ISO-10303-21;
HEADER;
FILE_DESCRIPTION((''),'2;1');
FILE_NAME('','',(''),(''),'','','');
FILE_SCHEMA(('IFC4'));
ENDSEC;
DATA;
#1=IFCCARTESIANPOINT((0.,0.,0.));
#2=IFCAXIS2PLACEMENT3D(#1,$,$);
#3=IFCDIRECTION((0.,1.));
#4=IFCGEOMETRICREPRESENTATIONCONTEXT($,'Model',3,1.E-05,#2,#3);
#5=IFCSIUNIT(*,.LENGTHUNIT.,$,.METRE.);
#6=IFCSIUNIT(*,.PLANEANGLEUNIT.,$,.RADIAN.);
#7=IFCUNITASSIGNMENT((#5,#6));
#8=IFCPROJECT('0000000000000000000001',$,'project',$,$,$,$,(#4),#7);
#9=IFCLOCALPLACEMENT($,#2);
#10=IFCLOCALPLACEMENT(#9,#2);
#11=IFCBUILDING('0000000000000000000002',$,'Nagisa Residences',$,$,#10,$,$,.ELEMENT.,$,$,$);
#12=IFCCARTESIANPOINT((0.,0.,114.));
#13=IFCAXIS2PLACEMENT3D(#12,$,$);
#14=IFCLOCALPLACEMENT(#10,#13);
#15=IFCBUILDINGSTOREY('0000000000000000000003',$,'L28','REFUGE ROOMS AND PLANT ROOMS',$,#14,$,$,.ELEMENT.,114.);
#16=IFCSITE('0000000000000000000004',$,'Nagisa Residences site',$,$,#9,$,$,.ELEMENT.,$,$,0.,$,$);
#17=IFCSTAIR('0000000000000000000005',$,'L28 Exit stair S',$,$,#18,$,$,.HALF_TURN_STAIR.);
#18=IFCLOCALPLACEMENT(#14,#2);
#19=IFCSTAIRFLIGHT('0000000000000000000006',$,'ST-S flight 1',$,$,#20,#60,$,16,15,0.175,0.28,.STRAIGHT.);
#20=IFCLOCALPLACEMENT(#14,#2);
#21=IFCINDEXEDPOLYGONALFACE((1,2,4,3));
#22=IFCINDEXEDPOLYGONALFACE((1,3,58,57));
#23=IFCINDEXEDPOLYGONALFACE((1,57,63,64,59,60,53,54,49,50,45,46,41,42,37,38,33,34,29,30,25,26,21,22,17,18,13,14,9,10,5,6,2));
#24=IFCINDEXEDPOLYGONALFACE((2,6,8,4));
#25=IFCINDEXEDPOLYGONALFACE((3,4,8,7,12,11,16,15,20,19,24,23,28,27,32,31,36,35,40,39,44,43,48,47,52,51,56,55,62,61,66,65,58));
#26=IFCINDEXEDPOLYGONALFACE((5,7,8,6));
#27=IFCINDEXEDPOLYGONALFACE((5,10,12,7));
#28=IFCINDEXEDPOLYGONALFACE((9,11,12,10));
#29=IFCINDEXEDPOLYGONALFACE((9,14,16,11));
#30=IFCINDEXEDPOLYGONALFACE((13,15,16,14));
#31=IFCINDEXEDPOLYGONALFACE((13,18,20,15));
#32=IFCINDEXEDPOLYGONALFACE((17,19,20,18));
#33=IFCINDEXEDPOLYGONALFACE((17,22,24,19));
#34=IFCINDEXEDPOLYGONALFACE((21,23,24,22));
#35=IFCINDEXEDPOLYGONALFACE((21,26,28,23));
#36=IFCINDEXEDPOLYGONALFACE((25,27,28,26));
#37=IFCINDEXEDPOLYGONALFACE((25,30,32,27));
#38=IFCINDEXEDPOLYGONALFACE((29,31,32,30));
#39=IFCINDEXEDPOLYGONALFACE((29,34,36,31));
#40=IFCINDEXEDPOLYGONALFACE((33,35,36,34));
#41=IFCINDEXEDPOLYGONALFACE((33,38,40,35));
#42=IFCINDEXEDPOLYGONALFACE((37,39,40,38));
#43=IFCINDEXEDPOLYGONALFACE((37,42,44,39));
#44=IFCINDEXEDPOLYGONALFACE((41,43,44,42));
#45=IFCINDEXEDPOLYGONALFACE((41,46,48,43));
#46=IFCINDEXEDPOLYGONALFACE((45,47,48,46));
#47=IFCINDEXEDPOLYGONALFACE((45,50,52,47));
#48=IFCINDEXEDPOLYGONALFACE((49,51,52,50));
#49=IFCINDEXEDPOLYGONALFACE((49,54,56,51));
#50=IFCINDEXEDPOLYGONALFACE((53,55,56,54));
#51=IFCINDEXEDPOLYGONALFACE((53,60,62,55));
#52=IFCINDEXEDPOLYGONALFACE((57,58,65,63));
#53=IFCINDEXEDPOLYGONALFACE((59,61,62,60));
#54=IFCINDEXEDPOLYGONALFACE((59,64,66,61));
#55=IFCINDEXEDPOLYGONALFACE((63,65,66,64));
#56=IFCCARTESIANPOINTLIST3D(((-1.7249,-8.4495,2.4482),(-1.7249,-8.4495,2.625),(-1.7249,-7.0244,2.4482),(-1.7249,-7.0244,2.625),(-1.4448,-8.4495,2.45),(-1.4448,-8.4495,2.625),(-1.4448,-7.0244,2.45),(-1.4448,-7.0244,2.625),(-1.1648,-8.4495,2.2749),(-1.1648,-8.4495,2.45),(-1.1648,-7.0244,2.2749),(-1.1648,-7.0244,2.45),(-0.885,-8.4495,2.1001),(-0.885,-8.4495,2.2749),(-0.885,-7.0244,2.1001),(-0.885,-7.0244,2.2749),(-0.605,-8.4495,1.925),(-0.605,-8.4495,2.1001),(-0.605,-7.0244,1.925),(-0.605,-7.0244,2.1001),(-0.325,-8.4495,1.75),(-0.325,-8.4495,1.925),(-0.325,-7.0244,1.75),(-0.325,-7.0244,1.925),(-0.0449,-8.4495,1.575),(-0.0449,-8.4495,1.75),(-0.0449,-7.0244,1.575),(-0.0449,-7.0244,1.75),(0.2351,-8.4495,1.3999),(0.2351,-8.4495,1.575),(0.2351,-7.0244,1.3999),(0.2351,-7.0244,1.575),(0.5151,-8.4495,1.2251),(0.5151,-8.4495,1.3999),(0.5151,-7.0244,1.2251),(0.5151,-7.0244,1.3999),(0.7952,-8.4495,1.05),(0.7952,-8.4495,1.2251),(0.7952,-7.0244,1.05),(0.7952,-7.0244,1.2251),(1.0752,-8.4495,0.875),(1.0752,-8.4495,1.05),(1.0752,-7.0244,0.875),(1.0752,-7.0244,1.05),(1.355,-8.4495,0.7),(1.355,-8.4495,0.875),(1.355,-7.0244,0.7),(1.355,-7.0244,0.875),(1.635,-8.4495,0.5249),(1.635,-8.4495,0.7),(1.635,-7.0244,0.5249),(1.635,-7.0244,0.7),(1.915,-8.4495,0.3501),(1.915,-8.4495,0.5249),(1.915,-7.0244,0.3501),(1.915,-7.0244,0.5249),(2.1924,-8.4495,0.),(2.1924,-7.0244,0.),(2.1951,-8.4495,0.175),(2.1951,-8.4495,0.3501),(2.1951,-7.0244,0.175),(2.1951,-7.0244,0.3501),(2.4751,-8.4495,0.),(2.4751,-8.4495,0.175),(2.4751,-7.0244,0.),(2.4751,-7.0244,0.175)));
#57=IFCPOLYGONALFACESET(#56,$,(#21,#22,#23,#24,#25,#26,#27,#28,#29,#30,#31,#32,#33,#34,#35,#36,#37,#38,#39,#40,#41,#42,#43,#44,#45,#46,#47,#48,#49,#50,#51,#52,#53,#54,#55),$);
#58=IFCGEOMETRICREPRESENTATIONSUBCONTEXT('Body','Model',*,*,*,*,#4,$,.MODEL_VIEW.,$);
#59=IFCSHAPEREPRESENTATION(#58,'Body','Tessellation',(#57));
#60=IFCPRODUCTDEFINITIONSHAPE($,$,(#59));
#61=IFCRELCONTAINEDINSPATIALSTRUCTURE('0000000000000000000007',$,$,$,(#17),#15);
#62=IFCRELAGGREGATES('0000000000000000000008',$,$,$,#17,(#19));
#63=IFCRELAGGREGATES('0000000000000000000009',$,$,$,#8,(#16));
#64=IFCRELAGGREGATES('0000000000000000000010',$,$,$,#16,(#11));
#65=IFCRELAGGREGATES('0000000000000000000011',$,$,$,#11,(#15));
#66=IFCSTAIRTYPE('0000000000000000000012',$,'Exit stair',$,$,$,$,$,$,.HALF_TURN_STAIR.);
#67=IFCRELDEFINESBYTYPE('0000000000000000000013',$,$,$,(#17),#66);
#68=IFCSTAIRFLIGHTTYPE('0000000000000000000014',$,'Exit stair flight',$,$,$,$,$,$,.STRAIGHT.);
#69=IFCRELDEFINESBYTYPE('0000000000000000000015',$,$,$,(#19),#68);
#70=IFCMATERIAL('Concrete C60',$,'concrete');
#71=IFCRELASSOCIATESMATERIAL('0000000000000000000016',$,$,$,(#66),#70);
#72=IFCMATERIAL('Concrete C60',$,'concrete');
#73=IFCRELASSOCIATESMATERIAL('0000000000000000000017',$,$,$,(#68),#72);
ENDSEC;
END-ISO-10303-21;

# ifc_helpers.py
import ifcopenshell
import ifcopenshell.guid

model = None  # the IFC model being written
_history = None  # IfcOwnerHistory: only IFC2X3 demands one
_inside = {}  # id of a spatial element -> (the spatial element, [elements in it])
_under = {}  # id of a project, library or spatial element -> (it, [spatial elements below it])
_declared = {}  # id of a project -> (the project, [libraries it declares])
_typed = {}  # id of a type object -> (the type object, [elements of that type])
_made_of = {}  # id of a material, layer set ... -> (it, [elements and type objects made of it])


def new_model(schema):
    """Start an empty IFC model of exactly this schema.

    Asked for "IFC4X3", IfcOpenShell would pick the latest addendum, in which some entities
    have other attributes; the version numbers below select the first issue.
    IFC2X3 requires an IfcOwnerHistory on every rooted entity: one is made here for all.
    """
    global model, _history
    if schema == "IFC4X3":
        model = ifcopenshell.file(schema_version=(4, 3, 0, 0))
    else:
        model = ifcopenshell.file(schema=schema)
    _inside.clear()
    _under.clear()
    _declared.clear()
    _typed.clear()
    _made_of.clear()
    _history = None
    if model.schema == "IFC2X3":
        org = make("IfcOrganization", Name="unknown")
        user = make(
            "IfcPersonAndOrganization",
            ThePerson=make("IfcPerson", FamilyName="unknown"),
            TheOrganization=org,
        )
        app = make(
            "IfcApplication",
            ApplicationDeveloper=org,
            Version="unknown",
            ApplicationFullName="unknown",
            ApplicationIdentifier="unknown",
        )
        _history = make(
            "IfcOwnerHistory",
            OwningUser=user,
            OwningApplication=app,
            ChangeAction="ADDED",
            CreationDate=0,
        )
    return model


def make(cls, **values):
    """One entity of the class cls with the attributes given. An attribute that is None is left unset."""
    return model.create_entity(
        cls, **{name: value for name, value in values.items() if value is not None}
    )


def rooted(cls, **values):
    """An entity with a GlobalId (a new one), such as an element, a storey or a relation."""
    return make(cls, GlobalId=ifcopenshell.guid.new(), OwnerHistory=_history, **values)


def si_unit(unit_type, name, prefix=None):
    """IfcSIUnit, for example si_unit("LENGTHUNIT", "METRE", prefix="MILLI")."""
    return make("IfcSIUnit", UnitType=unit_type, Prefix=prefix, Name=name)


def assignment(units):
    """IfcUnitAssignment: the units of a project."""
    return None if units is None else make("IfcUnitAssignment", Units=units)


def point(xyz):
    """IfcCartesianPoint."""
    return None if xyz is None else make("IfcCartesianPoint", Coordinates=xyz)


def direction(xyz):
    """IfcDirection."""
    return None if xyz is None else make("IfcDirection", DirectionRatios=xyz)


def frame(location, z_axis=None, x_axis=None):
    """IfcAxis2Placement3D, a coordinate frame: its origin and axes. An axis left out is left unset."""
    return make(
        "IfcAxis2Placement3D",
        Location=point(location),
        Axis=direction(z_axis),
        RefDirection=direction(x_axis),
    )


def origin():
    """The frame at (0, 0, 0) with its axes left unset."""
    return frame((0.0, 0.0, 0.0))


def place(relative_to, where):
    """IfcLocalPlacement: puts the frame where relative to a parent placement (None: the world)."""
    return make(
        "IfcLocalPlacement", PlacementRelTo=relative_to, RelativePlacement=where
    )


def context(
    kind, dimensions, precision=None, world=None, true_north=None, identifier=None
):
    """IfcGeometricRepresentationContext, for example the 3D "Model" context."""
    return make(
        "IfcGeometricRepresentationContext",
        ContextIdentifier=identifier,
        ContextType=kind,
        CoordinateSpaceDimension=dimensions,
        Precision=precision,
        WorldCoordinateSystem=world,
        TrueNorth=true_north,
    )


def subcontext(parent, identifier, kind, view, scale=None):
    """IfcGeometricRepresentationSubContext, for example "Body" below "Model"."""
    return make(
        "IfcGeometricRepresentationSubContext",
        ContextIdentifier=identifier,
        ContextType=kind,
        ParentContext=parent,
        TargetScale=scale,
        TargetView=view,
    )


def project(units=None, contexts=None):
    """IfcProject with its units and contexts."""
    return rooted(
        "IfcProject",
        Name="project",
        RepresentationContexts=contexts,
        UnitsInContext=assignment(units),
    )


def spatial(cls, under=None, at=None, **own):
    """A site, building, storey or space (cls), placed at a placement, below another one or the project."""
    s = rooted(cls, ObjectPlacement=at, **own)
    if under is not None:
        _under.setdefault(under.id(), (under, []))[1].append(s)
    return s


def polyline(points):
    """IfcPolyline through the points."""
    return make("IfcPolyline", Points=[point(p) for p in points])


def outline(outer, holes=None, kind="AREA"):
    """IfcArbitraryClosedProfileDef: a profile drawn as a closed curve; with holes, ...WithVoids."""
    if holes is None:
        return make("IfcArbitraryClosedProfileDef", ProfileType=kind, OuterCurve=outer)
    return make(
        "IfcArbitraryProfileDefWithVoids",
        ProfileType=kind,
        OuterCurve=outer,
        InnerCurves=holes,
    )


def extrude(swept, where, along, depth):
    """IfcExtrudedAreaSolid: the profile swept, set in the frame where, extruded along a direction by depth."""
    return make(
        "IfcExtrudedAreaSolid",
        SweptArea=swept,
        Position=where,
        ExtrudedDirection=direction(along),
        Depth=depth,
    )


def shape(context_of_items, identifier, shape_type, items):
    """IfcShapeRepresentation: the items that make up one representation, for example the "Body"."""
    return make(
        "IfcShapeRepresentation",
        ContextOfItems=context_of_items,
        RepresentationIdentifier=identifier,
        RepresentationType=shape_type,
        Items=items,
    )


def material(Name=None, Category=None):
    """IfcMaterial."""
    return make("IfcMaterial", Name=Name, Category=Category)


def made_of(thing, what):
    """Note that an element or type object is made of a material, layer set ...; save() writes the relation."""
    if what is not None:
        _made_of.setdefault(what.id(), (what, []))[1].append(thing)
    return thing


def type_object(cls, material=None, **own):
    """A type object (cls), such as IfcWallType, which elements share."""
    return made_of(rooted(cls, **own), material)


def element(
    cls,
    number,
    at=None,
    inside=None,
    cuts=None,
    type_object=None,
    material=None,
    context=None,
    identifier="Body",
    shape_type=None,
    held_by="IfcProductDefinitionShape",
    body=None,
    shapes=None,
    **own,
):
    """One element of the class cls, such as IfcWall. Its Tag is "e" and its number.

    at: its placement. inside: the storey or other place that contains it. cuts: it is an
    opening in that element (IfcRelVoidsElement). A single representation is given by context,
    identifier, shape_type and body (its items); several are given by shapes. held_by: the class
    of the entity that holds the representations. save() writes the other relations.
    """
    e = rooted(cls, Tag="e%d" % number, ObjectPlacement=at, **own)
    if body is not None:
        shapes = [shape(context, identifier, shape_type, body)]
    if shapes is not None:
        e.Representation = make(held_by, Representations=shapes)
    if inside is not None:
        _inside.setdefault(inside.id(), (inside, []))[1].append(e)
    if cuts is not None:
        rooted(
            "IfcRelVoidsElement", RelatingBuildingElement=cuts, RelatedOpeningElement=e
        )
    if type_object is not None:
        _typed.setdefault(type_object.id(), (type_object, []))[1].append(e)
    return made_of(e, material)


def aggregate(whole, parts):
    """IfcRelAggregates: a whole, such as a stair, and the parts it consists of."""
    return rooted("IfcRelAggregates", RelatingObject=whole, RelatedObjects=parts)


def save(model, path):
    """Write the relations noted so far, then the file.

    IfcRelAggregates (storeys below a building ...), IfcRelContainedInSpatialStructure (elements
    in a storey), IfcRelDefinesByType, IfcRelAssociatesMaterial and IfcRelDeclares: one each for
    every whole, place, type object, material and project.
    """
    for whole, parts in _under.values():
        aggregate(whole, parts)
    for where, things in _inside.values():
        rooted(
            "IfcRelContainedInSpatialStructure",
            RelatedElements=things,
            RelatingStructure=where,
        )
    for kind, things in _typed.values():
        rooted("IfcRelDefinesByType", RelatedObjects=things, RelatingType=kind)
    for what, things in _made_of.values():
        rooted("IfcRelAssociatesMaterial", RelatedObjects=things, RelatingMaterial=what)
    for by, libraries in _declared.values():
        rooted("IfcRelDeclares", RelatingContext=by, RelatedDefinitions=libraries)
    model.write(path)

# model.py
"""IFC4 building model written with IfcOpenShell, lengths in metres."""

from ifc_helpers import new_model, si_unit, direction, frame, origin, place, context, subcontext, project, spatial, polyline, outline, extrude, material, type_object, element, aggregate, save


model = new_model("IFC4")

# Units and contexts
model_context = context("Model", 3, precision=1e-05, world=origin(), true_north=direction((0.0, 1.0)))
body_context = subcontext(model_context, "Body", "Model", "MODEL_VIEW")
ifc_project = project(units=[si_unit("LENGTHUNIT", "METRE"), si_unit("PLANEANGLEUNIT", "RADIAN")], contexts=[model_context])

# Site, building, storey
site_placement = place(None, origin())
site = spatial("IfcSite", under=ifc_project, at=site_placement, Name="Nagisa Residences site", CompositionType="ELEMENT", RefElevation=0.0)
building_placement = place(site_placement, origin())
building = spatial("IfcBuilding", under=site, at=building_placement, Name="Nagisa Residences", CompositionType="ELEMENT")
storey_placement = place(building_placement, frame((0.0, 0.0, 114.0)))
storey = spatial("IfcBuildingStorey", under=building, at=storey_placement, Name="L28", Description="REFUGE ROOMS AND PLANT ROOMS", CompositionType="ELEMENT", Elevation=114.0)

# Stair, stair flight
ifc_material_1 = material(Name="Concrete C60", Category="concrete")
stair_type = type_object("IfcStairType", Name="Exit stair", PredefinedType="HALF_TURN_STAIR", material=ifc_material_1)
stair_placement = place(storey_placement, origin())
stair = element("IfcStair", 1, at=stair_placement, inside=storey, type_object=stair_type, Name="L28 Exit stair S", PredefinedType="HALF_TURN_STAIR")
ifc_material_2 = material(Name="Concrete C60", Category="concrete")
stair_flight_type = type_object("IfcStairFlightType", Name="Exit stair flight", PredefinedType="STRAIGHT", material=ifc_material_2)
stair_flight_placement = place(storey_placement, frame((2.4751, -7.7371, 0.0), z_axis=(0.0, 0.0, 1.0), x_axis=(-1.0, 0.0, 0.0)))
stair_flight = element("IfcStairFlight", 2, at=stair_flight_placement, type_object=stair_flight_type, Name="ST-S flight 1", NumberOfRisers=16, NumberOfTreads=15, PredefinedType="STRAIGHT", RiserHeight=0.175, TreadLength=0.28, context=body_context, shape_type="SweptSolid", body=[
    extrude(outline(polyline([(0.0, 0.0), (0.0, 0.175), (0.28, 0.175), (0.28, 0.3501), (0.5601, 0.3501), (0.5601, 0.5249), (0.8401, 0.5249), (0.8401, 0.7), (1.1201, 0.7), (1.1201, 0.875), (1.3999, 0.875), (1.3999, 1.05), (1.6799, 1.05), (1.6799, 1.2251), (1.96, 1.2251), (1.96, 1.3999), (2.24, 1.3999), (2.24, 1.575), (2.52, 1.575), (2.52, 1.75), (2.8, 1.75), (2.8, 1.925), (3.0801, 1.925), (3.0801, 2.1001), (3.3601, 2.1001), (3.3601, 2.2749), (3.6399, 2.2749), (3.6399, 2.45), (3.9199, 2.45), (3.9199, 2.625), (4.2, 2.625), (4.2, 2.8), (4.2, 2.4482), (0.2827, 0.0), (0.0, 0.0)])), frame((0.0, 0.7124, 0.0), z_axis=(0.0, -1.0, 0.0), x_axis=(1.0, 0.0, 0.0)), (0.0, 0.0, 1.0), 1.425),
])
aggregate(stair, [stair_flight])

save(model, "model.ifc")
